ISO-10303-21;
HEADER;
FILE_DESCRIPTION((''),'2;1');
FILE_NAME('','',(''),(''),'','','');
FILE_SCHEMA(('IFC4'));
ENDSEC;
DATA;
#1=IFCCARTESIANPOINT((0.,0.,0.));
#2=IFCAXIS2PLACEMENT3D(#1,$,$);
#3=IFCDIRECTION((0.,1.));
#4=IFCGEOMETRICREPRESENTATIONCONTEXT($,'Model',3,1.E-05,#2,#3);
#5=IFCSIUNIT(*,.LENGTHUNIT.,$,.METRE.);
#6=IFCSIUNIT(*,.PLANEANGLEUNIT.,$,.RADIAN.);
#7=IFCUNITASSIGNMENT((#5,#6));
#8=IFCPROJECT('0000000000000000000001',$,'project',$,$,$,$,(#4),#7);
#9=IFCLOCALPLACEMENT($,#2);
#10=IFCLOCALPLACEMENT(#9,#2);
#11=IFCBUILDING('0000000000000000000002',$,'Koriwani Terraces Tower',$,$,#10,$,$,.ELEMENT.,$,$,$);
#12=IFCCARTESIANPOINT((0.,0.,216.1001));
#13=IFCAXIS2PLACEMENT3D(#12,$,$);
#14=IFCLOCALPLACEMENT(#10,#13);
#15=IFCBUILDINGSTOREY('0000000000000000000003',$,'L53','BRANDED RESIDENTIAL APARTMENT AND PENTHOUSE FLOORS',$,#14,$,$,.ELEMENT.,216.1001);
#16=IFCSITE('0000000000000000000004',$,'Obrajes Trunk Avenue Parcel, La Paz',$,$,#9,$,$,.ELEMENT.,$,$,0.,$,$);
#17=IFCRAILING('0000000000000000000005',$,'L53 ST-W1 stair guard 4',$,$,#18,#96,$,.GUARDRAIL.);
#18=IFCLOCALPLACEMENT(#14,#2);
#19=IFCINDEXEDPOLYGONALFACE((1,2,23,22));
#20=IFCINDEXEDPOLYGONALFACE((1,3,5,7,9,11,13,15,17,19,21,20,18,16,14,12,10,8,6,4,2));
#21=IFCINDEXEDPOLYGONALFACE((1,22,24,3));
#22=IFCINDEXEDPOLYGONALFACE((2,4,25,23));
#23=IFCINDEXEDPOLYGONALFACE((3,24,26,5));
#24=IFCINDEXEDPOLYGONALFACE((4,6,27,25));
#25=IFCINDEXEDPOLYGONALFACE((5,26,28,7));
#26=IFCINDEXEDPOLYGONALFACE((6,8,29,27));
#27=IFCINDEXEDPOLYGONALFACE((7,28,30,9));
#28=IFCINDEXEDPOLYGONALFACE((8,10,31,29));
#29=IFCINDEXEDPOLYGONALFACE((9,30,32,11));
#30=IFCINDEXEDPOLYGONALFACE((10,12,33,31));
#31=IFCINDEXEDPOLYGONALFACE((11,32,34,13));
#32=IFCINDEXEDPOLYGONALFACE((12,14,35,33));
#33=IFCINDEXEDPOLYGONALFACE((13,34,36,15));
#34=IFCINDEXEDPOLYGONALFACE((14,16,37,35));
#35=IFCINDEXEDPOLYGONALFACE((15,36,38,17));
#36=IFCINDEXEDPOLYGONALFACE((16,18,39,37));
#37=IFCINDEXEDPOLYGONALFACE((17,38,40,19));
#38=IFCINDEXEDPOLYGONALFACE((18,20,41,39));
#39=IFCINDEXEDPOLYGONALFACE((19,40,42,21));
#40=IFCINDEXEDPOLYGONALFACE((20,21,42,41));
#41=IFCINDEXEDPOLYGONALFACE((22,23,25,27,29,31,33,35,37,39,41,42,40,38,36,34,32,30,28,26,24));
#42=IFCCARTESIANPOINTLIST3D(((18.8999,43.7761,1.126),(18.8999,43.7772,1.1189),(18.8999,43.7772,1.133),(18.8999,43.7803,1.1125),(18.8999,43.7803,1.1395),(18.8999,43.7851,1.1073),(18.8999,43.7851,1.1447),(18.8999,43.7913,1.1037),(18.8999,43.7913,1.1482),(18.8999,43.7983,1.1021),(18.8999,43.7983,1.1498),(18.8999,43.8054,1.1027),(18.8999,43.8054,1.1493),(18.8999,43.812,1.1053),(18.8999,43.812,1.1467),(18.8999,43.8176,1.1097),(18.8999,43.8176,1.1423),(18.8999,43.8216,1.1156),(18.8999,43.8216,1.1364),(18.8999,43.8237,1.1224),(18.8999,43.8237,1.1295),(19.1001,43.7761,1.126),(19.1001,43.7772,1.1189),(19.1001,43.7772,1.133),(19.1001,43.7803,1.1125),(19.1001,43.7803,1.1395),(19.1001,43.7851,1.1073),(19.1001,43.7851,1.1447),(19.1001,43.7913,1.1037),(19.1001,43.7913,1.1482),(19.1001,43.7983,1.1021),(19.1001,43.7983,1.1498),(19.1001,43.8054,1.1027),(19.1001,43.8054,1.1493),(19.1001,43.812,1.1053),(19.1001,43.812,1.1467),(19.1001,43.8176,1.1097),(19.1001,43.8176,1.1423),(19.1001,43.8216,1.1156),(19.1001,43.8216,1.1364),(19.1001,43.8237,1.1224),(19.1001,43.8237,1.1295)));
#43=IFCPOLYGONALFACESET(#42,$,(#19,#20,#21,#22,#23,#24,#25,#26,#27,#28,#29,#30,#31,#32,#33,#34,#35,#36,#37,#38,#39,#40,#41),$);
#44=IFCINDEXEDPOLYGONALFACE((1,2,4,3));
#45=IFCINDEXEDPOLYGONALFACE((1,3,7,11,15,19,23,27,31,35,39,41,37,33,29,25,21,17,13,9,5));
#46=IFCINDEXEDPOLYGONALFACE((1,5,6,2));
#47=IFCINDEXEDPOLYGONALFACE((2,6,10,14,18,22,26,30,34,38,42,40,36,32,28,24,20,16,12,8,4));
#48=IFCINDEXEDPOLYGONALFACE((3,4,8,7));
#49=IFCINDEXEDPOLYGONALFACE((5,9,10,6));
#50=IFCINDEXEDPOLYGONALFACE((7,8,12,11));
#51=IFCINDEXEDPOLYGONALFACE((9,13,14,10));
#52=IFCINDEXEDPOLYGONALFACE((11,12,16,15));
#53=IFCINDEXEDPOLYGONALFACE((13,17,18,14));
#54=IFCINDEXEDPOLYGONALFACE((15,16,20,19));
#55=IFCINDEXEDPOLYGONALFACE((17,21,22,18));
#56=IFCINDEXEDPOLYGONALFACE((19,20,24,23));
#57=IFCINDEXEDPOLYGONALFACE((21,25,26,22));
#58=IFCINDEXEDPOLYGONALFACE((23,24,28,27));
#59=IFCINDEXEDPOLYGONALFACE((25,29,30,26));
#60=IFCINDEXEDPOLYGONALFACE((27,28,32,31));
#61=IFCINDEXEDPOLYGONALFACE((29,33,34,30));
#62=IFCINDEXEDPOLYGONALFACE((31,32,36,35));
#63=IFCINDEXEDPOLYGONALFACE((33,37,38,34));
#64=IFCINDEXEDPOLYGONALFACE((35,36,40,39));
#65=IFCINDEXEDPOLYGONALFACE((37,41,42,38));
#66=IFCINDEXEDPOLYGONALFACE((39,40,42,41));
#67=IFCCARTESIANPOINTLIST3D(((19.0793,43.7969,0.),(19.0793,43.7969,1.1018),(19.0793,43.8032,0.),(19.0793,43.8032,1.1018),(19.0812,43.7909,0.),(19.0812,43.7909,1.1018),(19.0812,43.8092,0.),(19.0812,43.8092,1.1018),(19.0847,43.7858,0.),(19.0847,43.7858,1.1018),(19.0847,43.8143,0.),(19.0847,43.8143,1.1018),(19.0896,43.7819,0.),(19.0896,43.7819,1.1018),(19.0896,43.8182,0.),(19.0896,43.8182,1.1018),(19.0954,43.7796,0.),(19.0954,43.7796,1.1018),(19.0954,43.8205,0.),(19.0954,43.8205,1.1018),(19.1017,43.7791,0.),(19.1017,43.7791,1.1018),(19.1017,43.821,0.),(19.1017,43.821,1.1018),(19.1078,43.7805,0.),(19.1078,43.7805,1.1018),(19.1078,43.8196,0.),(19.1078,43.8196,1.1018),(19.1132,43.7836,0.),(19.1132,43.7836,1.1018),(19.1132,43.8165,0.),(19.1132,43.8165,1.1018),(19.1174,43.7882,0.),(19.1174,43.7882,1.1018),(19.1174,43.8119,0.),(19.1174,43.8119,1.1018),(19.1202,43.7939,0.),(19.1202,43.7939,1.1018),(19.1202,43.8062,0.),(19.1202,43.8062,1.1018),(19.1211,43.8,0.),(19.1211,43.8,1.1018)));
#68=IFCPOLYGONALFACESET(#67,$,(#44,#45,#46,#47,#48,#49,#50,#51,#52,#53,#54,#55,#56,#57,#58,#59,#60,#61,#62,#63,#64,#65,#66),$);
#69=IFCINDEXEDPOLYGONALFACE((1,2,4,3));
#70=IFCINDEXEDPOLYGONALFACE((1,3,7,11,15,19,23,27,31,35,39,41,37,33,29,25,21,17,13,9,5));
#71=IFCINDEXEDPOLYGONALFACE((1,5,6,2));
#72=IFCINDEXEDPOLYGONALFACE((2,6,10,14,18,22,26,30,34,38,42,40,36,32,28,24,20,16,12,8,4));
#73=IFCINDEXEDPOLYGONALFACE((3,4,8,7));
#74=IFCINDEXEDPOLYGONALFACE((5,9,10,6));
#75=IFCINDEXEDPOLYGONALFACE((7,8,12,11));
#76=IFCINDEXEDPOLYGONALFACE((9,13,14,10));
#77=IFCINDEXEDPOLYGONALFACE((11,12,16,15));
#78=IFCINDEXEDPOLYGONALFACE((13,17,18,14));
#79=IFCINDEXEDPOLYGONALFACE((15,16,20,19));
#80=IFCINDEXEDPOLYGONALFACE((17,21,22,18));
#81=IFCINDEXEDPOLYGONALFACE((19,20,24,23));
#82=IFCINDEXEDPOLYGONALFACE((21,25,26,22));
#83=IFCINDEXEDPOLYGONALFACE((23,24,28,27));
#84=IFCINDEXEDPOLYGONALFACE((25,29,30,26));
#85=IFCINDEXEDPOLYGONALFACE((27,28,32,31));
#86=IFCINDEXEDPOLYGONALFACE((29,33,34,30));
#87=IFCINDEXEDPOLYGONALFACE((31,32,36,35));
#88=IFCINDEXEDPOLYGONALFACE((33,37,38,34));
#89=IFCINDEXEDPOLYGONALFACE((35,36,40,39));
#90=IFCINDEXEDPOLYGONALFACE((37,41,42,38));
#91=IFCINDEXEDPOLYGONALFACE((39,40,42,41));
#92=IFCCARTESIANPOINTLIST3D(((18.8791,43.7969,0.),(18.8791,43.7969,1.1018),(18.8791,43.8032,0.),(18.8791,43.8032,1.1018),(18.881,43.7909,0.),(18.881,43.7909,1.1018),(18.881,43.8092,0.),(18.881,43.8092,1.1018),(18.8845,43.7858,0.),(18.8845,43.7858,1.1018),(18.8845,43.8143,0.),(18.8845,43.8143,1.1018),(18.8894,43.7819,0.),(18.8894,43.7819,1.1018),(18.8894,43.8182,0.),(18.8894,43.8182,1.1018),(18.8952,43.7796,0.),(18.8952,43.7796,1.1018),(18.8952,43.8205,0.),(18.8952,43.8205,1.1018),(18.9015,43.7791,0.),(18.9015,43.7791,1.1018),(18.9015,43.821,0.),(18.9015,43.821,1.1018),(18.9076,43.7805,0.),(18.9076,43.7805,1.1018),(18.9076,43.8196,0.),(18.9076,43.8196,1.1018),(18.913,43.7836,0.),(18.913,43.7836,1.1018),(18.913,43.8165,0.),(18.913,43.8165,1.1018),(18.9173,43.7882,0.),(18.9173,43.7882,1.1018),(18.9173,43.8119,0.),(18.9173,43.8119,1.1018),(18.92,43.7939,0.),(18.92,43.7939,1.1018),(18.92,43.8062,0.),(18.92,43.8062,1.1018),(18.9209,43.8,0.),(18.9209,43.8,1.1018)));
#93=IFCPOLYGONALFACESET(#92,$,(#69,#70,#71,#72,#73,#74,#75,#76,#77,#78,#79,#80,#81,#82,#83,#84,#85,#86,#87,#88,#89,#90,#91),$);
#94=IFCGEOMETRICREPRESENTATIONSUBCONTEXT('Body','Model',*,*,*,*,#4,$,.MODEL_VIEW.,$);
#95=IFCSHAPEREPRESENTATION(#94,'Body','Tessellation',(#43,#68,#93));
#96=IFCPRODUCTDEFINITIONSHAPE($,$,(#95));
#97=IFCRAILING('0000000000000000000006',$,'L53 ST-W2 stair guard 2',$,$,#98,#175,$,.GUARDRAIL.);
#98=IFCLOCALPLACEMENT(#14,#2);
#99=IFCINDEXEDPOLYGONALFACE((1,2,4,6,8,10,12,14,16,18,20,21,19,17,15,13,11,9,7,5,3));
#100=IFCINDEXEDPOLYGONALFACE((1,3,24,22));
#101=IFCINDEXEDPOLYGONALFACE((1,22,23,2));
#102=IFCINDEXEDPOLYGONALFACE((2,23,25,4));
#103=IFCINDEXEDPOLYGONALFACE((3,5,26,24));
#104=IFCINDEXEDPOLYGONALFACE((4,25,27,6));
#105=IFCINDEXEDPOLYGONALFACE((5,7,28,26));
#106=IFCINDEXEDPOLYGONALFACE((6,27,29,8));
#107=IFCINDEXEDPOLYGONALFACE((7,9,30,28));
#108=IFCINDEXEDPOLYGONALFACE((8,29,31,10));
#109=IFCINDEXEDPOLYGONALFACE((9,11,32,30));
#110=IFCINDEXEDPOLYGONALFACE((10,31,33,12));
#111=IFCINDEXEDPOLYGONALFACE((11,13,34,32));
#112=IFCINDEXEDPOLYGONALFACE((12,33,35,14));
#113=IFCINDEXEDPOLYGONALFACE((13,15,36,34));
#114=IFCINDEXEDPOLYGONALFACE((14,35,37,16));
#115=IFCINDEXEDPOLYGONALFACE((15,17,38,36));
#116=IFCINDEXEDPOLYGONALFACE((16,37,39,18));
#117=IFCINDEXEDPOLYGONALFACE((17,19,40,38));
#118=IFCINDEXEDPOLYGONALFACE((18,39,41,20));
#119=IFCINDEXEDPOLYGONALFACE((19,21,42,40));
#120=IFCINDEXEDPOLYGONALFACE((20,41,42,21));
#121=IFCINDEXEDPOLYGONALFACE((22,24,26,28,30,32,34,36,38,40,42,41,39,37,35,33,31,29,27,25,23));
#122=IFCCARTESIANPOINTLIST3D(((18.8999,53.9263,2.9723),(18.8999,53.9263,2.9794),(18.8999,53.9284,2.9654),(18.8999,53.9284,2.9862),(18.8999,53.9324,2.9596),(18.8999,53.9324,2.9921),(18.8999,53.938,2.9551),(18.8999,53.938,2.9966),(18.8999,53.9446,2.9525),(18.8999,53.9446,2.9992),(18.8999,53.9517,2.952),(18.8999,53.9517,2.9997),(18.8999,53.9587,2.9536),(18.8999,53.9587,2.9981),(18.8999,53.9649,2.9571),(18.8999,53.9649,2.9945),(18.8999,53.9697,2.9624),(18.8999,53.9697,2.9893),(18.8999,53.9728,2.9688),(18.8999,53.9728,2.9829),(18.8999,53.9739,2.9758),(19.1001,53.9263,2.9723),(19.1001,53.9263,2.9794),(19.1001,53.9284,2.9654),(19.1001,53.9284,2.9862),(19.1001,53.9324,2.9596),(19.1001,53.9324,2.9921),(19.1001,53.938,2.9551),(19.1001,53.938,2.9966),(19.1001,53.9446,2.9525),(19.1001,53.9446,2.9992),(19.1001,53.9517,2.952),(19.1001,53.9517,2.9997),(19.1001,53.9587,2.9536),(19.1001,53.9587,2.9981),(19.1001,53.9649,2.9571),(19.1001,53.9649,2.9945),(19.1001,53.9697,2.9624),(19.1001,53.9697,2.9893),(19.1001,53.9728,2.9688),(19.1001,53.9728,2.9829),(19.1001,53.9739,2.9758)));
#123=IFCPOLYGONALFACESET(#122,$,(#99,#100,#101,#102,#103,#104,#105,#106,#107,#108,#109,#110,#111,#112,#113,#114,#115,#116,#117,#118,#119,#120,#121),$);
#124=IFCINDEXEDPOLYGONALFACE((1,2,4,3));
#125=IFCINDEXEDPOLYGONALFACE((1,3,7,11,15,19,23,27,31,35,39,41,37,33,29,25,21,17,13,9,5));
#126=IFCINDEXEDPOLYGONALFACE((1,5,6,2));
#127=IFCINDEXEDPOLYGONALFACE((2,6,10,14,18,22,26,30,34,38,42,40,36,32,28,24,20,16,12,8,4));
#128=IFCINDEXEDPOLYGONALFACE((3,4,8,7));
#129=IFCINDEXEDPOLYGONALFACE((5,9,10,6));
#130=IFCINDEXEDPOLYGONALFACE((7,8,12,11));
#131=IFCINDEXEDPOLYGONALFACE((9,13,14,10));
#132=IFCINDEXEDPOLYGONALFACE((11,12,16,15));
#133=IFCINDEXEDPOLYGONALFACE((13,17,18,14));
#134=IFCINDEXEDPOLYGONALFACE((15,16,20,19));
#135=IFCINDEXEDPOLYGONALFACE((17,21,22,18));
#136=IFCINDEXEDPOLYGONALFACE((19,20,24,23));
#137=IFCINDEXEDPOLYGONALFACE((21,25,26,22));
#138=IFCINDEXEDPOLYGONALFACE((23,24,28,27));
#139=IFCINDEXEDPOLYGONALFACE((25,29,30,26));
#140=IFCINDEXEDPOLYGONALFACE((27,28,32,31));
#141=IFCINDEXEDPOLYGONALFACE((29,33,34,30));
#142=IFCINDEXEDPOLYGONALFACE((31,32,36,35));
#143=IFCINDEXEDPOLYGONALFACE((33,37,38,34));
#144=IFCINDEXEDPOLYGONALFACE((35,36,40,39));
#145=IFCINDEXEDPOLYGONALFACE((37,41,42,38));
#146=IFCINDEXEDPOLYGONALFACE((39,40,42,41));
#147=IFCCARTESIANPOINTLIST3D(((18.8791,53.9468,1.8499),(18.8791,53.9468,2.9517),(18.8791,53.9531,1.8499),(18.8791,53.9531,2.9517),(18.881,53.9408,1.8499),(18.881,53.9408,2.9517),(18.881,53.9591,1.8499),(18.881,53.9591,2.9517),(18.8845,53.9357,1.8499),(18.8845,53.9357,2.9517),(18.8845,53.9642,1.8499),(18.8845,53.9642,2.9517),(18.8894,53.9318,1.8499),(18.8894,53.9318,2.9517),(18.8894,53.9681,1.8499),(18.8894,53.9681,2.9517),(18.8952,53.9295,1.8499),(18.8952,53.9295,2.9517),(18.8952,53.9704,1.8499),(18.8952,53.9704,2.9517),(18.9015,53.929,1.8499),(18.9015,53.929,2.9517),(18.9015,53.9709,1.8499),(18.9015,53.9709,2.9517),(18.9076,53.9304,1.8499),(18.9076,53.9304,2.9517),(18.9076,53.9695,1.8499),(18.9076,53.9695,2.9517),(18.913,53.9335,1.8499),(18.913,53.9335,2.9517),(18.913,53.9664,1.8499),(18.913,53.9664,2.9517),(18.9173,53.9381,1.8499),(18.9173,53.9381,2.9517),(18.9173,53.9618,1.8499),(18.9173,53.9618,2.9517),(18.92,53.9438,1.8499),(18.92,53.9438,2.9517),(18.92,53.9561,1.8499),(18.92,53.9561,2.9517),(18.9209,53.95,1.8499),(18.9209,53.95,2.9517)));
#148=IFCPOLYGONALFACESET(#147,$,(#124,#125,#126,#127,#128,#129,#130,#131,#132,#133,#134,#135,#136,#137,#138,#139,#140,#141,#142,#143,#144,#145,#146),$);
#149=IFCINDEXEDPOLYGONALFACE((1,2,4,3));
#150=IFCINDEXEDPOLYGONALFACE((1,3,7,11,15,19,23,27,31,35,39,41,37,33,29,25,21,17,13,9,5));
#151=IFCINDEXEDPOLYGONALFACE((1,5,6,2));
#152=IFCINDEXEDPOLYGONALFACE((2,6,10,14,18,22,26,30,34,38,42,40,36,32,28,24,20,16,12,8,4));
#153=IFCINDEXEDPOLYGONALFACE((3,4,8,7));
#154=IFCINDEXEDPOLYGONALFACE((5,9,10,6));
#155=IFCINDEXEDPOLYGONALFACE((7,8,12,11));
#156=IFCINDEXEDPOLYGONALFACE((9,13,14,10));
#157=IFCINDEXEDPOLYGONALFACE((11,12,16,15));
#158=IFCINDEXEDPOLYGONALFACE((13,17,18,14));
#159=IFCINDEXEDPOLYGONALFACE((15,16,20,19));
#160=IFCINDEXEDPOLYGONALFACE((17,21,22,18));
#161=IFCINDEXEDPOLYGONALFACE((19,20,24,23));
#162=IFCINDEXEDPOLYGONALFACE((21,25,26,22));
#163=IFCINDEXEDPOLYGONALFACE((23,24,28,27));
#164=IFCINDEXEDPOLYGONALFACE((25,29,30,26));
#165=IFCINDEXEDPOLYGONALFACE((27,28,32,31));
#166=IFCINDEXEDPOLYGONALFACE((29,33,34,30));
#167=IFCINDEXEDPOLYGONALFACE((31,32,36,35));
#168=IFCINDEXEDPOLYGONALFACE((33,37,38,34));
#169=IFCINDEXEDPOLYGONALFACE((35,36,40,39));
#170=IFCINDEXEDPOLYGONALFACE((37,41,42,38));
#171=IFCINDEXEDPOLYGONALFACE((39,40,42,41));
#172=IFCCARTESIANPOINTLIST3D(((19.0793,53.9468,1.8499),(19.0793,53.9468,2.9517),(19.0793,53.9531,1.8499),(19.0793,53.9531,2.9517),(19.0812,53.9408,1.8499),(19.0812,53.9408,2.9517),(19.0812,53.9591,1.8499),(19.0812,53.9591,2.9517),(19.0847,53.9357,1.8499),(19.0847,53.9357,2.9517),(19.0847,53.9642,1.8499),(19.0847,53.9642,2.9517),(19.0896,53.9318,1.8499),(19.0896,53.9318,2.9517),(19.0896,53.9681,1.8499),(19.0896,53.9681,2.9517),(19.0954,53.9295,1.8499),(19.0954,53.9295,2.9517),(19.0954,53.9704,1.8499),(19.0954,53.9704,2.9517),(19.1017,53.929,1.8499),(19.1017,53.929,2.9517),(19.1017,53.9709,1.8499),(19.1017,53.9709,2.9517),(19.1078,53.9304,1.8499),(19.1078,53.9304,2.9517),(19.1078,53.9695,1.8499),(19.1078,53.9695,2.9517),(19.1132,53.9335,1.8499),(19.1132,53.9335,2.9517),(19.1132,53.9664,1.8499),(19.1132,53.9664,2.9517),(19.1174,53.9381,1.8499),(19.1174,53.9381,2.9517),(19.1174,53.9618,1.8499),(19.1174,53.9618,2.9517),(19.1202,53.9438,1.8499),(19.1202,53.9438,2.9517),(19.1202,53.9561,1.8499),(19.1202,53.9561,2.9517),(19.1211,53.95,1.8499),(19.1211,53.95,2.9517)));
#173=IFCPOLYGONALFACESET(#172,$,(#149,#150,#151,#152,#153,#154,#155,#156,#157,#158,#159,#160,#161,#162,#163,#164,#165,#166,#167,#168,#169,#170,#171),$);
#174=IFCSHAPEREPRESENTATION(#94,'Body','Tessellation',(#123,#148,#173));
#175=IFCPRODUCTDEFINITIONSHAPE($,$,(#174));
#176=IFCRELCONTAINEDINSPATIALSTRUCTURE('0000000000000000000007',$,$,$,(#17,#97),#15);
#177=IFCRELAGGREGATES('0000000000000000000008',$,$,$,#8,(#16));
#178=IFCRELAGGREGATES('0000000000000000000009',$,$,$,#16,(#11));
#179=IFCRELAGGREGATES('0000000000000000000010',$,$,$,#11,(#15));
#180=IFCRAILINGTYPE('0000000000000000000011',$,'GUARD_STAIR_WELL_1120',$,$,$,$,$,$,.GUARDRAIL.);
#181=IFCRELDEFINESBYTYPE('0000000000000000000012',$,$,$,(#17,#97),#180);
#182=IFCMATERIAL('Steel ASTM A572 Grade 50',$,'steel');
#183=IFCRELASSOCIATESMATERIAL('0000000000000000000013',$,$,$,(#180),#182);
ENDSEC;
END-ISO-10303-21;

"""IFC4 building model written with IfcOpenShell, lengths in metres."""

from ifc_helpers import new_model, si_unit, direction, frame, origin, origin_2d, place, context, subcontext, project, spatial, circle, extrude, material, type_object, element, save


model = new_model("IFC4")

# Units and contexts
model_context = context("Model", 3, precision=1e-05, world=origin(), true_north=direction((0.0, 1.0)))
body_context = subcontext(model_context, "Body", "Model", "MODEL_VIEW")
ifc_project = project(units=[si_unit("LENGTHUNIT", "METRE"), si_unit("PLANEANGLEUNIT", "RADIAN")], contexts=[model_context])

# Site, building, storey
site_placement = place(None, origin())
site = spatial("IfcSite", under=ifc_project, at=site_placement, Name="Obrajes Trunk Avenue Parcel, La Paz", CompositionType="ELEMENT", RefElevation=0.0)
building_placement = place(site_placement, origin())
building = spatial("IfcBuilding", under=site, at=building_placement, Name="Koriwani Terraces Tower", CompositionType="ELEMENT")
storey_placement = place(building_placement, frame((0.0, 0.0, 216.1001)))
storey = spatial("IfcBuildingStorey", under=building, at=storey_placement, Name="L53", Description="BRANDED RESIDENTIAL APARTMENT AND PENTHOUSE FLOORS", CompositionType="ELEMENT", Elevation=216.1001)

# Shared definitions
ifc_material_1 = material(Name="Steel ASTM A572 Grade 50", Category="steel")

# Railings
railing_type_1 = type_object("IfcRailingType", Name="GUARD_STAIR_WELL_1120", PredefinedType="GUARDRAIL", material=ifc_material_1)
railing_1_placement = place(storey_placement, frame((19.1001, 43.8, 0.0)))
element("IfcRailing", 1, at=railing_1_placement, inside=storey, type_object=railing_type_1, Name="L53 ST-W1 stair guard 4", PredefinedType="GUARDRAIL", context=body_context, shape_type="SweptSolid", body=[
    extrude(circle(Radius=0.0239, at=origin_2d()), frame((0.0, 0.0, 1.126), z_axis=(-1.0, 0.0, 0.0), x_axis=(0.0, -1.0, 0.0)), (0.0, 0.0, 1.0), 0.2002),
    extrude(circle(Radius=0.021, at=origin_2d()), origin(), (0.0, 0.0, 1.0), 1.1018),
    extrude(circle(Radius=0.021, at=origin_2d()), frame((-0.2002, 0.0, 0.0)), (0.0, 0.0, 1.0), 1.1018),
])
railing_2_placement = place(storey_placement, frame((18.8999, 53.95, 1.8499)))
element("IfcRailing", 2, at=railing_2_placement, inside=storey, type_object=railing_type_1, Name="L53 ST-W2 stair guard 2", PredefinedType="GUARDRAIL", context=body_context, shape_type="SweptSolid", body=[
    extrude(circle(Radius=0.0239, at=origin_2d()), frame((0.0, 0.0, 1.126), z_axis=(1.0, 0.0, 0.0), x_axis=(0.0, 1.0, 0.0)), (0.0, 0.0, 1.0), 0.2002),
    extrude(circle(Radius=0.021, at=origin_2d()), origin(), (0.0, 0.0, 1.0), 1.1018),
    extrude(circle(Radius=0.021, at=origin_2d()), frame((0.2002, 0.0, 0.0)), (0.0, 0.0, 1.0), 1.1018),
])

save(model, "model.ifc")
